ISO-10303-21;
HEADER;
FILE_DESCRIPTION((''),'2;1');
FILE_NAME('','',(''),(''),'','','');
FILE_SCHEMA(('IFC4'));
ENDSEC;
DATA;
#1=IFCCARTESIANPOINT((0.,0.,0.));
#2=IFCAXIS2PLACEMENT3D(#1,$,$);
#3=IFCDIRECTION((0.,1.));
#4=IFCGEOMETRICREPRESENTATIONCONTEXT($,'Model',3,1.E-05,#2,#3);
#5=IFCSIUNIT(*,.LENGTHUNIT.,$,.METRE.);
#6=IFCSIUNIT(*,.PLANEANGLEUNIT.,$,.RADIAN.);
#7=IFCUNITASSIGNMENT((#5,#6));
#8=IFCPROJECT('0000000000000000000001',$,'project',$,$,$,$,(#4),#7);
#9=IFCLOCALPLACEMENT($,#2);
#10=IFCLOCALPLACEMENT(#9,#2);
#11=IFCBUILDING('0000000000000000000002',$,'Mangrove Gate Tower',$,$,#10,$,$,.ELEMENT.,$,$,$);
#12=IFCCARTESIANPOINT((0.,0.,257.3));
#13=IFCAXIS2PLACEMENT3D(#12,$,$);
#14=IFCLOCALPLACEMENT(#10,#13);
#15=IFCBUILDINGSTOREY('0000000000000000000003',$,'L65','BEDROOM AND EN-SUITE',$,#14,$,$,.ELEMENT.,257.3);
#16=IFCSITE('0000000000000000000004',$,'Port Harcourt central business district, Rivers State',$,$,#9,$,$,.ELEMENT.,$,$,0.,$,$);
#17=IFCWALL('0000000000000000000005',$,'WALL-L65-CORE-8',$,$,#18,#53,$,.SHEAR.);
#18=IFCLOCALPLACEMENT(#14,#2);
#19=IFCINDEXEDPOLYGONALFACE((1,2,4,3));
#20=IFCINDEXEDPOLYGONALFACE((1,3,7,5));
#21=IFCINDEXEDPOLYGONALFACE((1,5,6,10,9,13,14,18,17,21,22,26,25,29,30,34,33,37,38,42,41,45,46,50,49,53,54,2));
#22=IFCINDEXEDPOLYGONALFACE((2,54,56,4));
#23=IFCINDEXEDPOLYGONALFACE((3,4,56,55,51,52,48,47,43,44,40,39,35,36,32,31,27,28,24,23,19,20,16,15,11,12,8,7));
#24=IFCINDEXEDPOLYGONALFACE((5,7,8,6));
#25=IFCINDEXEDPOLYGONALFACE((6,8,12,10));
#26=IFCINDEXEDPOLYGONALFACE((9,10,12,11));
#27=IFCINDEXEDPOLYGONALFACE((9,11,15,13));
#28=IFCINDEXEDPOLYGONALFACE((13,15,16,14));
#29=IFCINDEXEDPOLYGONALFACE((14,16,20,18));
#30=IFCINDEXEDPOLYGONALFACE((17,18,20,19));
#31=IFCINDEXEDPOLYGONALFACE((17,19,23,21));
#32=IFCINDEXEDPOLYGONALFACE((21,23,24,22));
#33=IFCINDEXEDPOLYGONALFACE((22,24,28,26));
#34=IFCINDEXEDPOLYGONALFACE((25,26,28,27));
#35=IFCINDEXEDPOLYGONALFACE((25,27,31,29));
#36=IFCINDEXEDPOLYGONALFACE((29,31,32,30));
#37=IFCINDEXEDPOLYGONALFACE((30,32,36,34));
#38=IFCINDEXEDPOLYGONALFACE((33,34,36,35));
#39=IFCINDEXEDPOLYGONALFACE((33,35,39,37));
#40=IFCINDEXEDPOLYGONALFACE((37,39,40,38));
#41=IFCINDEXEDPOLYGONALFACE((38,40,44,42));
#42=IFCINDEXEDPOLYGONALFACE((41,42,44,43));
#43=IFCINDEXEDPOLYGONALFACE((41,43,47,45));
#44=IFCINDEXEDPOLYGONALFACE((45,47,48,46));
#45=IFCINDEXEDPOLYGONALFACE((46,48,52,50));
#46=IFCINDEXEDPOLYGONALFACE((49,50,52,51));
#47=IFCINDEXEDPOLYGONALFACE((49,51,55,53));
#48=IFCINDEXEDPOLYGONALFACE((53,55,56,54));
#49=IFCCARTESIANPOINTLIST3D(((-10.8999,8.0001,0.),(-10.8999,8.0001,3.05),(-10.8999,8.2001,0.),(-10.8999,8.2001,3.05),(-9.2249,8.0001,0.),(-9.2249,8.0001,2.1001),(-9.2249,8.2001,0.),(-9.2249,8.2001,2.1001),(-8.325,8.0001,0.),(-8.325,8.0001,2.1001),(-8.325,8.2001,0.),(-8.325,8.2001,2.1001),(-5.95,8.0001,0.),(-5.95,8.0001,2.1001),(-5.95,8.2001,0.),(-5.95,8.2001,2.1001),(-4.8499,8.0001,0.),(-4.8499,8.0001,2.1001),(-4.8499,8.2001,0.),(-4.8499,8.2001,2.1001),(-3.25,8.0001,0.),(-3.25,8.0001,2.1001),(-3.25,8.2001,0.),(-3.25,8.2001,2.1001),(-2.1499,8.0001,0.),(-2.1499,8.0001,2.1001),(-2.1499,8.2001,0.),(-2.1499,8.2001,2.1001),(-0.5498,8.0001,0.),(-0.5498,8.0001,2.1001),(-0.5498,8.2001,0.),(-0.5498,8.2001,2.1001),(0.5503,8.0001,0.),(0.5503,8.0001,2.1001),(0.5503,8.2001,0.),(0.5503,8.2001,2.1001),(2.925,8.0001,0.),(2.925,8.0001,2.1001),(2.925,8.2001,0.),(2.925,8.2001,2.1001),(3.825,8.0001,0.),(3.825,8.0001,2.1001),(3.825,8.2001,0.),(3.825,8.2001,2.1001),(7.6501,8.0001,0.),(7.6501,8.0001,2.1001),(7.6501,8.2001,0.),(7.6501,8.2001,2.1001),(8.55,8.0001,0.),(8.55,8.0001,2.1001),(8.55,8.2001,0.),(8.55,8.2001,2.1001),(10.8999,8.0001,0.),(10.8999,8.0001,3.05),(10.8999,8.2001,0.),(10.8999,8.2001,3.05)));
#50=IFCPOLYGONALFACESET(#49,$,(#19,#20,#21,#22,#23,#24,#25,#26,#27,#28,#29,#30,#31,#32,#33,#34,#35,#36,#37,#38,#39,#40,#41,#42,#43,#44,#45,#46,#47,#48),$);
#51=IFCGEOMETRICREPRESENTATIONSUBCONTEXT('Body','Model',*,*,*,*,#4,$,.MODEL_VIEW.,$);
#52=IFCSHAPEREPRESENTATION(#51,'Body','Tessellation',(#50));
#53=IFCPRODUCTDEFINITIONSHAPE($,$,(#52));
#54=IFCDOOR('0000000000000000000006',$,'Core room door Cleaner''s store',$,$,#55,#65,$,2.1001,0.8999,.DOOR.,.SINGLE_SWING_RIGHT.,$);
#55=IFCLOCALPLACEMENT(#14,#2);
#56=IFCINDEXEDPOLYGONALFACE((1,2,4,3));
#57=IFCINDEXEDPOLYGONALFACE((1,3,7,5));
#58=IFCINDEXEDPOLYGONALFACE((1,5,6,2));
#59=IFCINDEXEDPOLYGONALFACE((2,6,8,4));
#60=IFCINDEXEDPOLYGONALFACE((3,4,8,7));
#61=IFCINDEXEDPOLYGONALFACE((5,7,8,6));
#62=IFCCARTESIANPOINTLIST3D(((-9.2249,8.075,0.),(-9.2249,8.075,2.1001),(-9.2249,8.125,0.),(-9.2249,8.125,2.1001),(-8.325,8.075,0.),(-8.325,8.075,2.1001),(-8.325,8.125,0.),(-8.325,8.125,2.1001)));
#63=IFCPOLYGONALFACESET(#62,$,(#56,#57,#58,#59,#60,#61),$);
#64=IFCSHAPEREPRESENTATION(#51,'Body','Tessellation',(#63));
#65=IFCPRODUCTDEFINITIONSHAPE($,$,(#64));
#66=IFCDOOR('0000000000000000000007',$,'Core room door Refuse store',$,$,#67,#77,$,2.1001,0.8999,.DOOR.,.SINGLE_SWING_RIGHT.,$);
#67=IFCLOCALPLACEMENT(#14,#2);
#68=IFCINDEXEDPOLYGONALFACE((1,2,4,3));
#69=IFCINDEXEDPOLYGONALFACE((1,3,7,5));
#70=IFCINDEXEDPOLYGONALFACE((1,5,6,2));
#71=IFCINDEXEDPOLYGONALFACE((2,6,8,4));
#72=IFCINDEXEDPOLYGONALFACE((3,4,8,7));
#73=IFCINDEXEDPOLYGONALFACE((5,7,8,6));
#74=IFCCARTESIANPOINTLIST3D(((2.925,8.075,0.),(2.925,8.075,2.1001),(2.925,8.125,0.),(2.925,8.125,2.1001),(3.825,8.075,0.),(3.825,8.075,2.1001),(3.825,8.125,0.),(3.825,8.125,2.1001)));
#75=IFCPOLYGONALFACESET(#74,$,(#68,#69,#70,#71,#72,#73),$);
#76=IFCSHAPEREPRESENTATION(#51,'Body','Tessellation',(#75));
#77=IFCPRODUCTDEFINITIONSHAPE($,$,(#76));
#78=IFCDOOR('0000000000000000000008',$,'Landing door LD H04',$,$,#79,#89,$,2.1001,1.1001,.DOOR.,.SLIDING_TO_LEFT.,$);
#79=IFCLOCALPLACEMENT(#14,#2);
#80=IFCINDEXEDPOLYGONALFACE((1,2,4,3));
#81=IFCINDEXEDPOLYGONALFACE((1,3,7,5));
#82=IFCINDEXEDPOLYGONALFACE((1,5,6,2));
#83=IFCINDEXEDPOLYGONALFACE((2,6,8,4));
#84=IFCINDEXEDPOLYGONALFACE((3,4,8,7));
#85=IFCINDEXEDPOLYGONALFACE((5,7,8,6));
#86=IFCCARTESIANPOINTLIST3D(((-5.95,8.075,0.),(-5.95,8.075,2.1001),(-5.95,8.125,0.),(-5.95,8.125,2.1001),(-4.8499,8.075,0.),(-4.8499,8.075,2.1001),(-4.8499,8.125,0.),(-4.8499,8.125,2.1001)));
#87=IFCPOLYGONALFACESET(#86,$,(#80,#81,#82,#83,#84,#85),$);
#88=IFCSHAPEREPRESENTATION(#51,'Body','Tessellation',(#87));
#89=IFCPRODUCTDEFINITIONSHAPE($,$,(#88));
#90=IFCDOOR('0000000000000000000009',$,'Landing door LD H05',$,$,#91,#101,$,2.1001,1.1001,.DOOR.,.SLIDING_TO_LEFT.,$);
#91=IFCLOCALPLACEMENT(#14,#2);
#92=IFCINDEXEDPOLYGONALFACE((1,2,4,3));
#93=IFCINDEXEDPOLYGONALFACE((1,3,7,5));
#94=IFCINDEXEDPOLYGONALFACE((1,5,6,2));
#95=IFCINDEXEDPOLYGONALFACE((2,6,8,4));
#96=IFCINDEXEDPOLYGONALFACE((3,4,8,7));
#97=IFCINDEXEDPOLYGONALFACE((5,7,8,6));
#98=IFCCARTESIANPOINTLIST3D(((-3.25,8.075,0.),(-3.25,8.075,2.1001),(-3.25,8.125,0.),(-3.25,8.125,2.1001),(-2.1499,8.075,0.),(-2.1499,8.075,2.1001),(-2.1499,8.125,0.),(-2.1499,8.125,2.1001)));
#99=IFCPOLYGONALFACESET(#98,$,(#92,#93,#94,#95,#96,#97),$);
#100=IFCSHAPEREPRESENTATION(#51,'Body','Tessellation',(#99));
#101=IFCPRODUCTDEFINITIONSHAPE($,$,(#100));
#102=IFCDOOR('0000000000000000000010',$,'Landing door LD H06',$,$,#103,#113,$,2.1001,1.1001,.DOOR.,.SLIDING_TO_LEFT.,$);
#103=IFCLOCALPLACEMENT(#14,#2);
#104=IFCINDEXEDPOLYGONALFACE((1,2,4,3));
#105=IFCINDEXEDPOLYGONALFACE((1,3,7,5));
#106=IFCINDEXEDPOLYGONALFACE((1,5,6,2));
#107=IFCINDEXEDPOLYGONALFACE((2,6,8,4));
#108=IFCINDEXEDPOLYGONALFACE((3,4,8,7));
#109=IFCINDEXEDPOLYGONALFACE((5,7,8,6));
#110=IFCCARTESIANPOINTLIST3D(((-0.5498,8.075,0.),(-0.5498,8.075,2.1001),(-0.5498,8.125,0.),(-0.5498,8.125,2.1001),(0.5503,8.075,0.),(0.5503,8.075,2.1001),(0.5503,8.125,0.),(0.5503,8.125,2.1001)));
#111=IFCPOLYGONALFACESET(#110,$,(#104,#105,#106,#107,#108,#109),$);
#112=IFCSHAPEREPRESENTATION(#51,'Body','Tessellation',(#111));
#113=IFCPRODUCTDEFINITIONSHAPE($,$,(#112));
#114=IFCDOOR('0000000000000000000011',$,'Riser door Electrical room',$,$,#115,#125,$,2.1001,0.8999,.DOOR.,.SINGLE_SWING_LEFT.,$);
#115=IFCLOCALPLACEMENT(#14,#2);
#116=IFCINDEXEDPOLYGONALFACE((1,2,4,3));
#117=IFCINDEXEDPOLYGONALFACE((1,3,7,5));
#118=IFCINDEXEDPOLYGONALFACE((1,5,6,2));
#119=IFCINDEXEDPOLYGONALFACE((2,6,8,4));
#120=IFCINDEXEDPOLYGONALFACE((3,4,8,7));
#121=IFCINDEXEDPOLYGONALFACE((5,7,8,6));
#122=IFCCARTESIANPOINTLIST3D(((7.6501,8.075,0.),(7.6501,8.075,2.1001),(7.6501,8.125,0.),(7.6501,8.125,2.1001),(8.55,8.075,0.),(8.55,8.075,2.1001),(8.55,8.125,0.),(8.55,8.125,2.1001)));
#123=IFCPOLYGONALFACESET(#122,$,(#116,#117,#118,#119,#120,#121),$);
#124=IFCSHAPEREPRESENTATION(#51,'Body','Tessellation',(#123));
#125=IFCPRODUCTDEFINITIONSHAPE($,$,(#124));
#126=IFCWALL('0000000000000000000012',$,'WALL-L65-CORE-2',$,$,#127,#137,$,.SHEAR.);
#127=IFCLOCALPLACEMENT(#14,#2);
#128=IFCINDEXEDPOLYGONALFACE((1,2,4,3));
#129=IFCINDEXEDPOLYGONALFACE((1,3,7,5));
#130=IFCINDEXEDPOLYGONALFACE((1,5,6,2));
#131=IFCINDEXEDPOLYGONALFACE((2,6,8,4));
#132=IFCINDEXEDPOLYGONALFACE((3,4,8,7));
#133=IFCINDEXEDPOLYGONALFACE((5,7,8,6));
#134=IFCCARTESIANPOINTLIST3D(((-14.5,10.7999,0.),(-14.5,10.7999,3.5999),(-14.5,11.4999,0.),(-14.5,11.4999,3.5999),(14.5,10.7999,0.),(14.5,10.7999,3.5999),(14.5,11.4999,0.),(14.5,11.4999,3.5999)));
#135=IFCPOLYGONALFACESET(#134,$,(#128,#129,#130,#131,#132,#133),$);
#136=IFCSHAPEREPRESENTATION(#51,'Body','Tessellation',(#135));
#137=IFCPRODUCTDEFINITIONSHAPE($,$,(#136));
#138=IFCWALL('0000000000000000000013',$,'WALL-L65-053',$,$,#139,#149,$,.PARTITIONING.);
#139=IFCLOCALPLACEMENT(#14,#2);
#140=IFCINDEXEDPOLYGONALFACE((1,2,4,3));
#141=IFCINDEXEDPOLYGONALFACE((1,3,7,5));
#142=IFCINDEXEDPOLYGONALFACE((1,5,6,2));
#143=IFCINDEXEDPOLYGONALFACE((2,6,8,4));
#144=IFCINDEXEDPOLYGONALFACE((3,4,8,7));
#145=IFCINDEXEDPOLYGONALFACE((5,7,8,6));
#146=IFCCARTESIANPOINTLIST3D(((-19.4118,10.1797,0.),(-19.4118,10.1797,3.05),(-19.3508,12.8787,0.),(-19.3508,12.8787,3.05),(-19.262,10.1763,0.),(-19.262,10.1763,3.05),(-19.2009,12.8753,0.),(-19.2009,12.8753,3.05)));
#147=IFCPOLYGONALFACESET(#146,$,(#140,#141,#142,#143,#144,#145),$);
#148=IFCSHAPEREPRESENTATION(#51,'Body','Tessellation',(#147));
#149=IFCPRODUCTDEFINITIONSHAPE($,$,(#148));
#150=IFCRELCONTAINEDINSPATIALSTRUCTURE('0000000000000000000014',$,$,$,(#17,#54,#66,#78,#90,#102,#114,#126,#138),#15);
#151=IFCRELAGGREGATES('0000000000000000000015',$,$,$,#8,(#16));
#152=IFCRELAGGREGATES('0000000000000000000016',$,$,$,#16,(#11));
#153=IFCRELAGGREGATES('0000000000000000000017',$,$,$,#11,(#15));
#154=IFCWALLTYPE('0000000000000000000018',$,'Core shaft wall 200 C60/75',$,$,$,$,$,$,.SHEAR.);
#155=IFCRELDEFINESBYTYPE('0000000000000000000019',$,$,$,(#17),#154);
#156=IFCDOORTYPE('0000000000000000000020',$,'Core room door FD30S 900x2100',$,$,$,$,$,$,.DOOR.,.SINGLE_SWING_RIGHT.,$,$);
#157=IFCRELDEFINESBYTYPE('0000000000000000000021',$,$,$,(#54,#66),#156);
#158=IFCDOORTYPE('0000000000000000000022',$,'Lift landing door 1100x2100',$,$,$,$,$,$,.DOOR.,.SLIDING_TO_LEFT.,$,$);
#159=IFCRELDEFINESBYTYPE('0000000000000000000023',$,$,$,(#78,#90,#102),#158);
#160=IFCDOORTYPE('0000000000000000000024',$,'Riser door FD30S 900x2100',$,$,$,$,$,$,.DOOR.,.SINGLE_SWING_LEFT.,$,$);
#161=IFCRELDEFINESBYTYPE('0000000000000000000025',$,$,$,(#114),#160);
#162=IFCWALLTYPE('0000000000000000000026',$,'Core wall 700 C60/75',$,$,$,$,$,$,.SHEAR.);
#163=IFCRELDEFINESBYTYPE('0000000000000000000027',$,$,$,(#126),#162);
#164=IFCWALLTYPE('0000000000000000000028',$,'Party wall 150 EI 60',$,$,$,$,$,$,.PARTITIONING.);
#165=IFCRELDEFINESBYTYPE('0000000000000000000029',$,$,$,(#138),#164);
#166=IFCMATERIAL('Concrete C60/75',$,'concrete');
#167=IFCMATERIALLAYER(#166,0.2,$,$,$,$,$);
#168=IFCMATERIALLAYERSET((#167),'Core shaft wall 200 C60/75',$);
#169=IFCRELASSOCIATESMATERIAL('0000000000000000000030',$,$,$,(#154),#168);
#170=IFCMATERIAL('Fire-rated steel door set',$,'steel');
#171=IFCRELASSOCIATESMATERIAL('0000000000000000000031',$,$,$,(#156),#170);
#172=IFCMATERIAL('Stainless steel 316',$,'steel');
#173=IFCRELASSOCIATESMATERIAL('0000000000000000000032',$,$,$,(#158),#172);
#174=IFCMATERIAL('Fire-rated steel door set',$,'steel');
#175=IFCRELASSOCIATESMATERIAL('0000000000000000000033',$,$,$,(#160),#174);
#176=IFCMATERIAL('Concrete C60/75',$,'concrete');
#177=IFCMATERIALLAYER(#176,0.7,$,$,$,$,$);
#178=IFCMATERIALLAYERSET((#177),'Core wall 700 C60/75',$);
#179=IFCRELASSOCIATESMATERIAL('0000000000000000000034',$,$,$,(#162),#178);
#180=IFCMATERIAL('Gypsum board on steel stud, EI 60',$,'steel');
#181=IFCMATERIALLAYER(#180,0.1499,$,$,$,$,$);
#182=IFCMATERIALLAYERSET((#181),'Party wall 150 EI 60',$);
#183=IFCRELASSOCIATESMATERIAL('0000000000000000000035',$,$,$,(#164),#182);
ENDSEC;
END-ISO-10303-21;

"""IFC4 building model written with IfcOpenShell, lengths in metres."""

from ifc_helpers import new_model, si_unit, direction, frame, frame_2d, origin, place, context, subcontext, project, spatial, rectangle, extrude, material, layer, layer_set, type_object, element, fill, save


model = new_model("IFC4")

# Units and contexts
model_context = context("Model", 3, precision=1e-05, world=origin(), true_north=direction((0.0, 1.0)))
body_context = subcontext(model_context, "Body", "Model", "MODEL_VIEW")
ifc_project = project(units=[si_unit("LENGTHUNIT", "METRE"), si_unit("PLANEANGLEUNIT", "RADIAN")], contexts=[model_context])

# Site, building, storey
site_placement = place(None, origin())
site = spatial("IfcSite", under=ifc_project, at=site_placement, Name="Port Harcourt central business district, Rivers State", CompositionType="ELEMENT", RefElevation=0.0)
building_placement = place(site_placement, origin())
building = spatial("IfcBuilding", under=site, at=building_placement, Name="Mangrove Gate Tower", CompositionType="ELEMENT")
storey_placement = place(building_placement, frame((0.0, 0.0, 257.3)))
storey = spatial("IfcBuildingStorey", under=building, at=storey_placement, Name="L65", Description="BEDROOM AND EN-SUITE", CompositionType="ELEMENT", Elevation=257.3)

# Wall, openings, doors
ifc_material_1 = material(Name="Concrete C60/75", Category="concrete")
ifc_layer_1 = layer(ifc_material_1, 0.2)
ifc_layer_set_1 = layer_set([ifc_layer_1], Name="Core shaft wall 200 C60/75")
wall_type_1 = type_object("IfcWallType", Name="Core shaft wall 200 C60/75", PredefinedType="SHEAR", material=ifc_layer_set_1)
ifc_material_2 = material(Name="Fire-rated steel door set", Category="steel")
door_type_1 = type_object("IfcDoorType", Name="Core room door FD30S 900x2100", OperationType="SINGLE_SWING_RIGHT", PredefinedType="DOOR", material=ifc_material_2)
ifc_material_3 = material(Name="Stainless steel 316", Category="steel")
door_type_2 = type_object("IfcDoorType", Name="Lift landing door 1100x2100", OperationType="SLIDING_TO_LEFT", PredefinedType="DOOR", material=ifc_material_3)
wall_1_placement = place(storey_placement, frame((-10.8999, 8.1001, 0.0), z_axis=(0.0, 0.0, 1.0), x_axis=(1.0, 0.0, 0.0)))
wall_1 = element("IfcWall", 1, at=wall_1_placement, inside=storey, type_object=wall_type_1, Name="WALL-L65-CORE-8", PredefinedType="SHEAR", context=body_context, shape_type="SweptSolid", body=[
    extrude(rectangle(XDim=21.7998, YDim=0.2, at=frame_2d((10.8999, 0.0))), origin(), (0.0, 0.0, 1.0), 3.05),
])
opening_1_placement = place(wall_1_placement, frame((4.95, 0.0, 0.0)))
opening_1 = element("IfcOpeningElement", 2, at=opening_1_placement, cuts=wall_1, PredefinedType="OPENING", context=body_context, shape_type="SweptSolid", body=[
    extrude(rectangle(XDim=1.1001, YDim=2.1001, at=frame_2d((0.55, 1.05))), frame((0.0, 0.1099, 0.0), z_axis=(0.0, -1.0, 0.0), x_axis=(1.0, 0.0, 0.0)), (0.0, 0.0, 1.0), 0.22),
])
opening_2_placement = place(wall_1_placement, frame((7.6499, 0.0, 0.0)))
opening_2 = element("IfcOpeningElement", 3, at=opening_2_placement, cuts=wall_1, PredefinedType="OPENING", context=body_context, shape_type="SweptSolid", body=[
    extrude(rectangle(XDim=1.1001, YDim=2.1001, at=frame_2d((0.55, 1.05))), frame((0.0, 0.1099, 0.0), z_axis=(0.0, -1.0, 0.0), x_axis=(1.0, 0.0, 0.0)), (0.0, 0.0, 1.0), 0.22),
])
opening_3_placement = place(wall_1_placement, frame((10.3501, 0.0, 0.0)))
opening_3 = element("IfcOpeningElement", 4, at=opening_3_placement, cuts=wall_1, PredefinedType="OPENING", context=body_context, shape_type="SweptSolid", body=[
    extrude(rectangle(XDim=1.1001, YDim=2.1001, at=frame_2d((0.55, 1.05))), frame((0.0, 0.1099, 0.0), z_axis=(0.0, -1.0, 0.0), x_axis=(1.0, 0.0, 0.0)), (0.0, 0.0, 1.0), 0.22),
])
opening_4_placement = place(wall_1_placement, frame((1.675, 0.0, 0.0)))
opening_4 = element("IfcOpeningElement", 5, at=opening_4_placement, cuts=wall_1, PredefinedType="OPENING", context=body_context, shape_type="SweptSolid", body=[
    extrude(rectangle(XDim=0.8999, YDim=2.1001, at=frame_2d((0.45, 1.05))), frame((0.0, 0.1099, 0.0), z_axis=(0.0, -1.0, 0.0), x_axis=(1.0, 0.0, 0.0)), (0.0, 0.0, 1.0), 0.22),
])
opening_5_placement = place(wall_1_placement, frame((13.825, 0.0, 0.0)))
opening_5 = element("IfcOpeningElement", 6, at=opening_5_placement, cuts=wall_1, PredefinedType="OPENING", context=body_context, shape_type="SweptSolid", body=[
    extrude(rectangle(XDim=0.8999, YDim=2.1001, at=frame_2d((0.45, 1.05))), frame((0.0, 0.1099, 0.0), z_axis=(0.0, -1.0, 0.0), x_axis=(1.0, 0.0, 0.0)), (0.0, 0.0, 1.0), 0.22),
])
opening_6_placement = place(wall_1_placement, frame((18.55, 0.0, 0.0)))
opening_6 = element("IfcOpeningElement", 7, at=opening_6_placement, cuts=wall_1, PredefinedType="OPENING", context=body_context, shape_type="SweptSolid", body=[
    extrude(rectangle(XDim=0.8999, YDim=2.1001, at=frame_2d((0.45, 1.05))), frame((0.0, 0.1099, 0.0), z_axis=(0.0, -1.0, 0.0), x_axis=(1.0, 0.0, 0.0)), (0.0, 0.0, 1.0), 0.22),
])
door_1_placement = place(opening_4_placement, origin())
door_1 = element("IfcDoor", 8, at=door_1_placement, inside=storey, type_object=door_type_1, Name="Core room door Cleaner's store", OperationType="SINGLE_SWING_RIGHT", OverallHeight=2.1001, OverallWidth=0.8999, PredefinedType="DOOR", context=body_context, shape_type="SweptSolid", body=[
    extrude(rectangle(XDim=0.8999, YDim=2.1001, at=frame_2d((0.45, 1.05))), frame((0.0, 0.0249, 0.0), z_axis=(0.0, -1.0, 0.0), x_axis=(1.0, 0.0, 0.0)), (0.0, 0.0, 1.0), 0.05),
])
fill(opening_4, door_1)
door_2_placement = place(opening_5_placement, origin())
door_2 = element("IfcDoor", 9, at=door_2_placement, inside=storey, type_object=door_type_1, Name="Core room door Refuse store", OperationType="SINGLE_SWING_RIGHT", OverallHeight=2.1001, OverallWidth=0.8999, PredefinedType="DOOR", context=body_context, shape_type="SweptSolid", body=[
    extrude(rectangle(XDim=0.8999, YDim=2.1001, at=frame_2d((0.45, 1.05))), frame((0.0, 0.0249, 0.0), z_axis=(0.0, -1.0, 0.0), x_axis=(1.0, 0.0, 0.0)), (0.0, 0.0, 1.0), 0.05),
])
fill(opening_5, door_2)
door_3_placement = place(opening_1_placement, origin())
door_3 = element("IfcDoor", 10, at=door_3_placement, inside=storey, type_object=door_type_2, Name="Landing door LD H04", OperationType="SLIDING_TO_LEFT", OverallHeight=2.1001, OverallWidth=1.1001, PredefinedType="DOOR", context=body_context, shape_type="SweptSolid", body=[
    extrude(rectangle(XDim=1.1001, YDim=2.1001, at=frame_2d((0.55, 1.05))), frame((0.0, 0.0249, 0.0), z_axis=(0.0, -1.0, 0.0), x_axis=(1.0, 0.0, 0.0)), (0.0, 0.0, 1.0), 0.05),
])
fill(opening_1, door_3)
door_4_placement = place(opening_2_placement, origin())
door_4 = element("IfcDoor", 11, at=door_4_placement, inside=storey, type_object=door_type_2, Name="Landing door LD H05", OperationType="SLIDING_TO_LEFT", OverallHeight=2.1001, OverallWidth=1.1001, PredefinedType="DOOR", context=body_context, shape_type="SweptSolid", body=[
    extrude(rectangle(XDim=1.1001, YDim=2.1001, at=frame_2d((0.55, 1.05))), frame((0.0, 0.0249, 0.0), z_axis=(0.0, -1.0, 0.0), x_axis=(1.0, 0.0, 0.0)), (0.0, 0.0, 1.0), 0.05),
])
fill(opening_2, door_4)
door_5_placement = place(opening_3_placement, origin())
door_5 = element("IfcDoor", 12, at=door_5_placement, inside=storey, type_object=door_type_2, Name="Landing door LD H06", OperationType="SLIDING_TO_LEFT", OverallHeight=2.1001, OverallWidth=1.1001, PredefinedType="DOOR", context=body_context, shape_type="SweptSolid", body=[
    extrude(rectangle(XDim=1.1001, YDim=2.1001, at=frame_2d((0.55, 1.05))), frame((0.0, 0.0249, 0.0), z_axis=(0.0, -1.0, 0.0), x_axis=(1.0, 0.0, 0.0)), (0.0, 0.0, 1.0), 0.05),
])
fill(opening_3, door_5)
ifc_material_4 = material(Name="Fire-rated steel door set", Category="steel")
door_type_3 = type_object("IfcDoorType", Name="Riser door FD30S 900x2100", OperationType="SINGLE_SWING_LEFT", PredefinedType="DOOR", material=ifc_material_4)
door_6_placement = place(opening_6_placement, origin())
door_6 = element("IfcDoor", 13, at=door_6_placement, inside=storey, type_object=door_type_3, Name="Riser door Electrical room", OperationType="SINGLE_SWING_LEFT", OverallHeight=2.1001, OverallWidth=0.8999, PredefinedType="DOOR", context=body_context, shape_type="SweptSolid", body=[
    extrude(rectangle(XDim=0.8999, YDim=2.1001, at=frame_2d((0.45, 1.05))), frame((0.0, 0.0249, 0.0), z_axis=(0.0, -1.0, 0.0), x_axis=(1.0, 0.0, 0.0)), (0.0, 0.0, 1.0), 0.05),
])
fill(opening_6, door_6)

# Walls
ifc_material_5 = material(Name="Concrete C60/75", Category="concrete")
ifc_layer_2 = layer(ifc_material_5, 0.7)
ifc_layer_set_2 = layer_set([ifc_layer_2], Name="Core wall 700 C60/75")
wall_type_2 = type_object("IfcWallType", Name="Core wall 700 C60/75", PredefinedType="SHEAR", material=ifc_layer_set_2)
wall_2_placement = place(storey_placement, frame((-14.5, 11.1499, 0.0), z_axis=(0.0, 0.0, 1.0), x_axis=(1.0, 0.0, 0.0)))
element("IfcWall", 14, at=wall_2_placement, inside=storey, type_object=wall_type_2, Name="WALL-L65-CORE-2", PredefinedType="SHEAR", context=body_context, shape_type="SweptSolid", body=[
    extrude(rectangle(XDim=29.0, YDim=0.7, at=frame_2d((14.5, 0.0))), origin(), (0.0, 0.0, 1.0), 3.5999),
])
ifc_material_6 = material(Name="Gypsum board on steel stud, EI 60", Category="steel")
ifc_layer_3 = layer(ifc_material_6, 0.1499)
ifc_layer_set_3 = layer_set([ifc_layer_3], Name="Party wall 150 EI 60")
wall_type_3 = type_object("IfcWallType", Name="Party wall 150 EI 60", PredefinedType="PARTITIONING", material=ifc_layer_set_3)
wall_3_placement = place(storey_placement, frame((-19.3369, 10.178, 0.0), z_axis=(0.0, 0.0, 1.0), x_axis=(0.022608, 0.999744, 0.0)))
element("IfcWall", 15, at=wall_3_placement, inside=storey, type_object=wall_type_3, Name="WALL-L65-053", PredefinedType="PARTITIONING", context=body_context, shape_type="SweptSolid", body=[
    extrude(rectangle(XDim=2.6997, YDim=0.1499, at=frame_2d((1.3499, 0.0))), origin(), (0.0, 0.0, 1.0), 3.05),
])

save(model, "model.ifc")
